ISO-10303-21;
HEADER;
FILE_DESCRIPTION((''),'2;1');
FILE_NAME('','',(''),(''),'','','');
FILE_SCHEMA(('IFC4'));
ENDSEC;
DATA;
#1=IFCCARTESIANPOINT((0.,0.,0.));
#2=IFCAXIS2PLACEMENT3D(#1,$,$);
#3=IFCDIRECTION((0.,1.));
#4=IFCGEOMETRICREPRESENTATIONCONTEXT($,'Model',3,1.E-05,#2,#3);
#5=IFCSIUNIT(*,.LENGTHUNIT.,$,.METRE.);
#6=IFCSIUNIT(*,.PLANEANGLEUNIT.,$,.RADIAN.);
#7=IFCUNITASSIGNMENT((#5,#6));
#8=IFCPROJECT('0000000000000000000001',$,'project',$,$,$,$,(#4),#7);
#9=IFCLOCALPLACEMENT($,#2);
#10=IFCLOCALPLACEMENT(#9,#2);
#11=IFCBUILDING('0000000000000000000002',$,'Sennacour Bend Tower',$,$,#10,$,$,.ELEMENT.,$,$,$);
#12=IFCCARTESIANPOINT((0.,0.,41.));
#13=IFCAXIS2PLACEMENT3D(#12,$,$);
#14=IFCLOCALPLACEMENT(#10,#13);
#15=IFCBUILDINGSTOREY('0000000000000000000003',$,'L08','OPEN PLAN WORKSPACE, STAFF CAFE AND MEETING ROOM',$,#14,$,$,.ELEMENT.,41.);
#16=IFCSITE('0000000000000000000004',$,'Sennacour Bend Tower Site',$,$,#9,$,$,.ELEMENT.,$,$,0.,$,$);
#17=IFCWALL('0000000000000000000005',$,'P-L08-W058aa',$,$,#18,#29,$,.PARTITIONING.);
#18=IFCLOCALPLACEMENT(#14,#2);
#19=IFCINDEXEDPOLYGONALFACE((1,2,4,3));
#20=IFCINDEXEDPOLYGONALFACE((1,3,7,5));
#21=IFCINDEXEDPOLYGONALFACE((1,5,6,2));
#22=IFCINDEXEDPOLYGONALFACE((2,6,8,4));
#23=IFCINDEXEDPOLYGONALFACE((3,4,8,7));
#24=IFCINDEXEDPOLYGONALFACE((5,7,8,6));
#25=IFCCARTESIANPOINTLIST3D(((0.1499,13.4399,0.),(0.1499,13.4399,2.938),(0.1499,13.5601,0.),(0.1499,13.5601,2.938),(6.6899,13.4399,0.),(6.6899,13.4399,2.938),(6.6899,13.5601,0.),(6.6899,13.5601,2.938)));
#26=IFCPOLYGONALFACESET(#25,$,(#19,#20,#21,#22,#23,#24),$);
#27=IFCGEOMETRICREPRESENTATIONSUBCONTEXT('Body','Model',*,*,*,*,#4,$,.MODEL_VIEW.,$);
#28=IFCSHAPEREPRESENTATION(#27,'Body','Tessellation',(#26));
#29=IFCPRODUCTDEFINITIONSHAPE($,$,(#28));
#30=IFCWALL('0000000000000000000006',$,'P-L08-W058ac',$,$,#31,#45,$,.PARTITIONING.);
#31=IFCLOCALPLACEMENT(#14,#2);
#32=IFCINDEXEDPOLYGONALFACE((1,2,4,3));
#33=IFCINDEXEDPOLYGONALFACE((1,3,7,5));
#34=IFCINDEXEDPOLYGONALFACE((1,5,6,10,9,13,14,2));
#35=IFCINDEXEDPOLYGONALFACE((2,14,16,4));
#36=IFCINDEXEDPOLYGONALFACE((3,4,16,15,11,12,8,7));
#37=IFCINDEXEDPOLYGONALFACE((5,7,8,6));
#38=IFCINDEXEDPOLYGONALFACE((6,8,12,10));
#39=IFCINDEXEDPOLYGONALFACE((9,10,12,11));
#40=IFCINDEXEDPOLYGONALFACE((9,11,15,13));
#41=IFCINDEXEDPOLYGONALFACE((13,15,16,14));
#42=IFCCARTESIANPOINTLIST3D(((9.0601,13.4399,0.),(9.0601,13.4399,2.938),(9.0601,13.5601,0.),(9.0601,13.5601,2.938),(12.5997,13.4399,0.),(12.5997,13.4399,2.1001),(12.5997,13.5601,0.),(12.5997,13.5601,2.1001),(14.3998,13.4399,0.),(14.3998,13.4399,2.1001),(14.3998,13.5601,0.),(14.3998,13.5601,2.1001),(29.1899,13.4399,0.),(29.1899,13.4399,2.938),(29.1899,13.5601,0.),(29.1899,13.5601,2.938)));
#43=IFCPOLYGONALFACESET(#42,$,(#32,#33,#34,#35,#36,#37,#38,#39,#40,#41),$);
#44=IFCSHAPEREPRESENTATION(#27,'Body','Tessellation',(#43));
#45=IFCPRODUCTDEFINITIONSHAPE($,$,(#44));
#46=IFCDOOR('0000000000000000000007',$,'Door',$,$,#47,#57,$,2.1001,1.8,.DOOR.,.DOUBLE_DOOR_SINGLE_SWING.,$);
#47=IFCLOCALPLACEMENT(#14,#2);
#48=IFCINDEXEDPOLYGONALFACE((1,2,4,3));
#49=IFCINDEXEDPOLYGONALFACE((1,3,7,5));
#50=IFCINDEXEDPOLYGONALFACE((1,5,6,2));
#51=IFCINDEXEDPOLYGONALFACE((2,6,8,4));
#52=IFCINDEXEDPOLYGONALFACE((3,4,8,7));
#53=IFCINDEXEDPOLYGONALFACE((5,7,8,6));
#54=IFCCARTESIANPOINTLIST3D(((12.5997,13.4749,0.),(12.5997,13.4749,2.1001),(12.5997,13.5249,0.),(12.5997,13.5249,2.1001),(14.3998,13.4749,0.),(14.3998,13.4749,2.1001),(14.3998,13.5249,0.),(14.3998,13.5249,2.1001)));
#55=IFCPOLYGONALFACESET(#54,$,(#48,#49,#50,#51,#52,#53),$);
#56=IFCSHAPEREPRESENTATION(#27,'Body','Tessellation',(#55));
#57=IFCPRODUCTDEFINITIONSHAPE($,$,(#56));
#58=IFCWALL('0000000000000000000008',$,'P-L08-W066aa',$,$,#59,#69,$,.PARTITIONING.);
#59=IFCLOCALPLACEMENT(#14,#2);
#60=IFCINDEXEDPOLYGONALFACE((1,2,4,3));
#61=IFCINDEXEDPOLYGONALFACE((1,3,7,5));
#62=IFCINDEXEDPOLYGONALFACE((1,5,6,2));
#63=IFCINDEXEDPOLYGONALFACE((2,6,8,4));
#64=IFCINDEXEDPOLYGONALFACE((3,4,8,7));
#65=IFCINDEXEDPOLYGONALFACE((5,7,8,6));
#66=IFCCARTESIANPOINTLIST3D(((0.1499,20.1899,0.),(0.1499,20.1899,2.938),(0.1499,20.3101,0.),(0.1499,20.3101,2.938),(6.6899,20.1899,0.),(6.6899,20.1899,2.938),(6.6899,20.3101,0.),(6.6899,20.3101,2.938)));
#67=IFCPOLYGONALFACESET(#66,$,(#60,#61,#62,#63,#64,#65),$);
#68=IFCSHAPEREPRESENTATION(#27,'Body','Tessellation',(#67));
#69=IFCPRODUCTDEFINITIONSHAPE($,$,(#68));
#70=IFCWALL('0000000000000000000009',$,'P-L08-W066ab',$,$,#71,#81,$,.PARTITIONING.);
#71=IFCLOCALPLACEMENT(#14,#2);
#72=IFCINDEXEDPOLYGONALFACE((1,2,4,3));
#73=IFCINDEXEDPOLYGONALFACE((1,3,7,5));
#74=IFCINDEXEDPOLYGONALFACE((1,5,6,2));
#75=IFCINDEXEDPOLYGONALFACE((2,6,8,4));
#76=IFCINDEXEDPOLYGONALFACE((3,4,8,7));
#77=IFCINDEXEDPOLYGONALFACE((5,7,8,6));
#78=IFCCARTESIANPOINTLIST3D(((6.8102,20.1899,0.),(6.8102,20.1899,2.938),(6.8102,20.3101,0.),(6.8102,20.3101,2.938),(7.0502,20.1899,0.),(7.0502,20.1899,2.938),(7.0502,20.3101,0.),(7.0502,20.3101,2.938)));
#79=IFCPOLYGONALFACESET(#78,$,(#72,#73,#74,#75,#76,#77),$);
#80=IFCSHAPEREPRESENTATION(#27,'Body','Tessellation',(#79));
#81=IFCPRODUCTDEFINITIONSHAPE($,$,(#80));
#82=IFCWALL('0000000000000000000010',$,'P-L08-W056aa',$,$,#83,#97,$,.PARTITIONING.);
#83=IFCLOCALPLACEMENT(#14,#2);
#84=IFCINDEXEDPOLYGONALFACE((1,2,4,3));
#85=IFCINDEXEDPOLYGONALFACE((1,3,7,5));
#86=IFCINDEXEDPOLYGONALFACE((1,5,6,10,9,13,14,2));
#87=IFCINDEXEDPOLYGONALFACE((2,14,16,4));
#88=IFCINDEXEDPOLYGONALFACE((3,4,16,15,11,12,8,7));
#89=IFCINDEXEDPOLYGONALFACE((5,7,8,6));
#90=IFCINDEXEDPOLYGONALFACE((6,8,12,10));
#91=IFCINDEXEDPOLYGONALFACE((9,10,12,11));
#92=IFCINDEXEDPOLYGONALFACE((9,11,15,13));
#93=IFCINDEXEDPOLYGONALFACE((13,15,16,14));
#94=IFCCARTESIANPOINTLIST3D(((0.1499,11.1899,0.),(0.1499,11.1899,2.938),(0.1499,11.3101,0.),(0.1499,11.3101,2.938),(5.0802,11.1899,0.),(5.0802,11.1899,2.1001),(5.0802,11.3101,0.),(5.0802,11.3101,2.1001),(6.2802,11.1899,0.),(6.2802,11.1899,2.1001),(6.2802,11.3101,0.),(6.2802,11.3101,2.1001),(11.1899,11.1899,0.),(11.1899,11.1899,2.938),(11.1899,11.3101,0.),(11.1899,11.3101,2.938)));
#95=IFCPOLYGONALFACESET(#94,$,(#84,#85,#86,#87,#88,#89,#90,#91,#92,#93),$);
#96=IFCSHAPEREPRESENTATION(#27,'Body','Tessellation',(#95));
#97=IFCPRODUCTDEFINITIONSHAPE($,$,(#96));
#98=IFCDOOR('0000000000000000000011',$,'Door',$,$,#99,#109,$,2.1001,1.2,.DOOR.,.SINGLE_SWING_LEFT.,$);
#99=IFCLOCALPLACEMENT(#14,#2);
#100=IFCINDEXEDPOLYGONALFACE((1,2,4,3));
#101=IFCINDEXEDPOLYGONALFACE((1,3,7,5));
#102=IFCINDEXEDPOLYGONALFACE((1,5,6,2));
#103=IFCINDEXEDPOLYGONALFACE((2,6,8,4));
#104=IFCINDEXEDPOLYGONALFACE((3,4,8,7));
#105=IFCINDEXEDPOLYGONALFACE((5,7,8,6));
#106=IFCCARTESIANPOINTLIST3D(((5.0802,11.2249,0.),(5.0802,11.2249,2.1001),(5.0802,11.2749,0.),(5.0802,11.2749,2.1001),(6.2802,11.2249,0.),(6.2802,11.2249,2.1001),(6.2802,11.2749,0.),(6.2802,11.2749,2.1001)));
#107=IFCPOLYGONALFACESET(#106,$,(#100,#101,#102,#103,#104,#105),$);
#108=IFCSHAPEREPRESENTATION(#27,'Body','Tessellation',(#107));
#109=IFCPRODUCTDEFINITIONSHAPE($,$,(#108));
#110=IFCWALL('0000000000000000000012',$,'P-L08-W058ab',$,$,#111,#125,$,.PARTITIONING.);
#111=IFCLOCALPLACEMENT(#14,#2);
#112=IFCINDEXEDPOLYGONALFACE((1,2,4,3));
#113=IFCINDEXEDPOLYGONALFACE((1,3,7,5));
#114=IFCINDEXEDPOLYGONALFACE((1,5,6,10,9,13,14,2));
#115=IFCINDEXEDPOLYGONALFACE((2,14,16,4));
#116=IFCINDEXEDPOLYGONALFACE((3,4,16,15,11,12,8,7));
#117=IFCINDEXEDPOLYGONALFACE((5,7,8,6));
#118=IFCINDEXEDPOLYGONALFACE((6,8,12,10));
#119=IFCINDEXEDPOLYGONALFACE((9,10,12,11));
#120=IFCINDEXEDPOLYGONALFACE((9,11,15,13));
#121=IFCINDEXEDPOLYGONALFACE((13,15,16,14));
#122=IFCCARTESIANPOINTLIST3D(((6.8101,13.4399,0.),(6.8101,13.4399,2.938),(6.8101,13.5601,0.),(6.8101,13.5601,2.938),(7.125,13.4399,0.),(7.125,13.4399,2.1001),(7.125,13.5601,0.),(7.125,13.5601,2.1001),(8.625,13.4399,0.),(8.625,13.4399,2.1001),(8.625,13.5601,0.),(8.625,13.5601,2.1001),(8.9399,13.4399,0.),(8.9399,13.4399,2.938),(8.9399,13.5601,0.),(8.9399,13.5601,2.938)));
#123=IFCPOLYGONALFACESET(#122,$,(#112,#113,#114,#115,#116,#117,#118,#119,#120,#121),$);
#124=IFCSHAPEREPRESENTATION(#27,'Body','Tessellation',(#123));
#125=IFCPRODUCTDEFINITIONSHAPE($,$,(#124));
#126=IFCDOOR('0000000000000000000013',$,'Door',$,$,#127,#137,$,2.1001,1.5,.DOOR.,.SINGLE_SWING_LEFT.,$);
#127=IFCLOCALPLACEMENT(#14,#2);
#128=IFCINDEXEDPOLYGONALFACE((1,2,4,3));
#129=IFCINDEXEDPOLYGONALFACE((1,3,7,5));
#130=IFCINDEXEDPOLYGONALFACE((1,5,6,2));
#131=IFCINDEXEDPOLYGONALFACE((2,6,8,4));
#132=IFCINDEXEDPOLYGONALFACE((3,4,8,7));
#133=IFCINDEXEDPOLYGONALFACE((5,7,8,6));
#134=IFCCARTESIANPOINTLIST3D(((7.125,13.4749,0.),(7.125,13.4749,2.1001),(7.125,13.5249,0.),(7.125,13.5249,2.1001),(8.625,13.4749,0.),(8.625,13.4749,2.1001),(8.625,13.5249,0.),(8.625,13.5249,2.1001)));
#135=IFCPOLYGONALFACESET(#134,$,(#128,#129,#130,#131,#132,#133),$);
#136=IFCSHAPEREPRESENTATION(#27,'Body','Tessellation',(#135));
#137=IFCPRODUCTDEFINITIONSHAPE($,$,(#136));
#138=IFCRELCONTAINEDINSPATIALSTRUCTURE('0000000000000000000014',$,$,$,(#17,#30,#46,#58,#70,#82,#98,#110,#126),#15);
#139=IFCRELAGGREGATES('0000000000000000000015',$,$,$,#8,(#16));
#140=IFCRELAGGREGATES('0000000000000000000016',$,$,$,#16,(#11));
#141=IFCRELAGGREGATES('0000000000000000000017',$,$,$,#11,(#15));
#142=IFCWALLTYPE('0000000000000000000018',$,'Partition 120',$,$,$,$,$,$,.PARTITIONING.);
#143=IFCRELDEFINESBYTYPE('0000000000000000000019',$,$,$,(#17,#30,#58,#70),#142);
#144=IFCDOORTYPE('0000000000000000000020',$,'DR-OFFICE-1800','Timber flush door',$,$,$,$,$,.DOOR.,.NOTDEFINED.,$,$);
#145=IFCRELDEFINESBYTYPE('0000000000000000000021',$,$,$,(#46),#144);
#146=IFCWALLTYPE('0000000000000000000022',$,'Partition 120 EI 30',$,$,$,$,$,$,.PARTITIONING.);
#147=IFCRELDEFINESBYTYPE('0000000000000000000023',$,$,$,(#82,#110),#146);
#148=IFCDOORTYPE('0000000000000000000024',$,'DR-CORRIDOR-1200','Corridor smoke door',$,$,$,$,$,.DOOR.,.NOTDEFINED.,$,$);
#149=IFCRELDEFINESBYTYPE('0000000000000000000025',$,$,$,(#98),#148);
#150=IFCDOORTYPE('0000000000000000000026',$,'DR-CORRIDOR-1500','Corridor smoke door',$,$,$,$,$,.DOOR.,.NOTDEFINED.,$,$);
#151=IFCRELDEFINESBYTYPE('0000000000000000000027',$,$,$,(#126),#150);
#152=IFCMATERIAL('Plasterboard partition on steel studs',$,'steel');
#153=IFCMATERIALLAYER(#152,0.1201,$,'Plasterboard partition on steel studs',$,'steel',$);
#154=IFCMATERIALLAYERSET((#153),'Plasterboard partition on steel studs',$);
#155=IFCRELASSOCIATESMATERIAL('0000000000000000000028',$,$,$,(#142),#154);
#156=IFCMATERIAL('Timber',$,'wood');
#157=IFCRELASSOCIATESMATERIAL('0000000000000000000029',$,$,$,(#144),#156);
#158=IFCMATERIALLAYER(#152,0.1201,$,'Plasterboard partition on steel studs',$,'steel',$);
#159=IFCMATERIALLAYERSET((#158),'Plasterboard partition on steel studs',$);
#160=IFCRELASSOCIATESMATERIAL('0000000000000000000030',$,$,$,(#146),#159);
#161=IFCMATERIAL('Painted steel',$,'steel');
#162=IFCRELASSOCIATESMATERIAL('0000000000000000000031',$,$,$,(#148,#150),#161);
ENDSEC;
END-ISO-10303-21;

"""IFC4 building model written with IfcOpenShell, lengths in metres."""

from ifc_helpers import new_model, si_unit, direction, frame, frame_2d, origin, place, context, subcontext, project, spatial, rectangle, extrude, material, layer, layer_set, type_object, element, fill, save


model = new_model("IFC4")

# Units and contexts
model_context = context("Model", 3, precision=1e-05, world=origin(), true_north=direction((0.0, 1.0)))
body_context = subcontext(model_context, "Body", "Model", "MODEL_VIEW")
ifc_project = project(units=[si_unit("LENGTHUNIT", "METRE"), si_unit("PLANEANGLEUNIT", "RADIAN")], contexts=[model_context])

# Site, building, storey
site_placement = place(None, origin())
site = spatial("IfcSite", under=ifc_project, at=site_placement, Name="Sennacour Bend Tower Site", CompositionType="ELEMENT", RefElevation=0.0)
building_placement = place(site_placement, origin())
building = spatial("IfcBuilding", under=site, at=building_placement, Name="Sennacour Bend Tower", CompositionType="ELEMENT")
storey_placement = place(building_placement, frame((0.0, 0.0, 41.0)))
storey = spatial("IfcBuildingStorey", under=building, at=storey_placement, Name="L08", Description="OPEN PLAN WORKSPACE, STAFF CAFE AND MEETING ROOM", CompositionType="ELEMENT", Elevation=41.0)

# Shared definitions
ifc_material_1 = material(Name="Plasterboard partition on steel studs", Category="steel")
ifc_layer_1 = layer(ifc_material_1, 0.1201, Name="Plasterboard partition on steel studs", Category="steel")
ifc_layer_set_1 = layer_set([ifc_layer_1], Name="Plasterboard partition on steel studs")
wall_type_1 = type_object("IfcWallType", Name="Partition 120", PredefinedType="PARTITIONING", material=ifc_layer_set_1)
ifc_material_2 = material(Name="Timber", Category="wood")

# Wall
wall_1_placement = place(storey_placement, frame((0.1499, 13.5, 0.0), z_axis=(0.0, 0.0, 1.0), x_axis=(1.0, 0.0, 0.0)))
element("IfcWall", 1, at=wall_1_placement, inside=storey, type_object=wall_type_1, Name="P-L08-W058aa", PredefinedType="PARTITIONING", context=body_context, shape_type="SweptSolid", body=[
    extrude(rectangle(XDim=6.54, YDim=0.1201, at=frame_2d((3.27, 0.0))), origin(), (0.0, 0.0, 1.0), 2.938),
])

# Wall, opening, door
wall_2_placement = place(storey_placement, frame((9.0601, 13.5, 0.0), z_axis=(0.0, 0.0, 1.0), x_axis=(1.0, 0.0, 0.0)))
wall_2 = element("IfcWall", 2, at=wall_2_placement, inside=storey, type_object=wall_type_1, Name="P-L08-W058ac", PredefinedType="PARTITIONING", context=body_context, shape_type="SweptSolid", body=[
    extrude(rectangle(XDim=20.1299, YDim=0.1201, at=frame_2d((10.0649, 0.0))), origin(), (0.0, 0.0, 1.0), 2.938),
])
opening_1_placement = place(wall_2_placement, frame((3.5398, 0.0, 0.0)))
opening_1 = element("IfcOpeningElement", 3, at=opening_1_placement, cuts=wall_2, PredefinedType="OPENING", context=body_context, shape_type="SweptSolid", body=[
    extrude(rectangle(XDim=1.8, YDim=2.1001, at=frame_2d((0.8999, 1.05))), frame((0.0, 0.0701, 0.0), z_axis=(0.0, -1.0, 0.0), x_axis=(1.0, 0.0, 0.0)), (0.0, 0.0, 1.0), 0.1401),
])
door_type_1 = type_object("IfcDoorType", Name="DR-OFFICE-1800", Description="Timber flush door", OperationType="NOTDEFINED", PredefinedType="DOOR", material=ifc_material_2)
door_1_placement = place(opening_1_placement, origin())
door_1 = element("IfcDoor", 4, at=door_1_placement, inside=storey, type_object=door_type_1, Name="Door", OperationType="DOUBLE_DOOR_SINGLE_SWING", OverallHeight=2.1001, OverallWidth=1.8, PredefinedType="DOOR", context=body_context, shape_type="SweptSolid", body=[
    extrude(rectangle(XDim=1.8, YDim=2.1001, at=frame_2d((0.8999, 1.05))), frame((0.0, 0.0249, 0.0), z_axis=(0.0, -1.0, 0.0), x_axis=(1.0, 0.0, 0.0)), (0.0, 0.0, 1.0), 0.05),
])
fill(opening_1, door_1)

# Walls
wall_3_placement = place(storey_placement, frame((0.1499, 20.25, 0.0), z_axis=(0.0, 0.0, 1.0), x_axis=(1.0, 0.0, 0.0)))
element("IfcWall", 5, at=wall_3_placement, inside=storey, type_object=wall_type_1, Name="P-L08-W066aa", PredefinedType="PARTITIONING", context=body_context, shape_type="SweptSolid", body=[
    extrude(rectangle(XDim=6.54, YDim=0.1201, at=frame_2d((3.27, 0.0))), origin(), (0.0, 0.0, 1.0), 2.938),
])
wall_4_placement = place(storey_placement, frame((6.8101, 20.25, 0.0), z_axis=(0.0, 0.0, 1.0), x_axis=(1.0, 0.0, 0.0)))
element("IfcWall", 6, at=wall_4_placement, inside=storey, type_object=wall_type_1, Name="P-L08-W066ab", PredefinedType="PARTITIONING", context=body_context, shape_type="SweptSolid", body=[
    extrude(rectangle(XDim=0.24, YDim=0.1201, at=frame_2d((0.1201, 0.0))), origin(), (0.0, 0.0, 1.0), 2.938),
])

# Walls, openings, doors
ifc_layer_2 = layer(ifc_material_1, 0.1201, Name="Plasterboard partition on steel studs", Category="steel")
ifc_layer_set_2 = layer_set([ifc_layer_2], Name="Plasterboard partition on steel studs")
wall_type_2 = type_object("IfcWallType", Name="Partition 120 EI 30", PredefinedType="PARTITIONING", material=ifc_layer_set_2)
wall_5_placement = place(storey_placement, frame((0.1499, 11.25, 0.0), z_axis=(0.0, 0.0, 1.0), x_axis=(1.0, 0.0, 0.0)))
wall_5 = element("IfcWall", 7, at=wall_5_placement, inside=storey, type_object=wall_type_2, Name="P-L08-W056aa", PredefinedType="PARTITIONING", context=body_context, shape_type="SweptSolid", body=[
    extrude(rectangle(XDim=11.04, YDim=0.1201, at=frame_2d((5.52, 0.0))), origin(), (0.0, 0.0, 1.0), 2.938),
])
opening_2_placement = place(wall_5_placement, frame((4.9302, 0.0, 0.0)))
opening_2 = element("IfcOpeningElement", 8, at=opening_2_placement, cuts=wall_5, PredefinedType="OPENING", context=body_context, shape_type="SweptSolid", body=[
    extrude(rectangle(XDim=1.2, YDim=2.1001, at=frame_2d((0.6001, 1.05))), frame((0.0, 0.0701, 0.0), z_axis=(0.0, -1.0, 0.0), x_axis=(1.0, 0.0, 0.0)), (0.0, 0.0, 1.0), 0.1401),
])
ifc_material_3 = material(Name="Painted steel", Category="steel")
door_type_2 = type_object("IfcDoorType", Name="DR-CORRIDOR-1200", Description="Corridor smoke door", OperationType="NOTDEFINED", PredefinedType="DOOR", material=ifc_material_3)
door_2_placement = place(opening_2_placement, origin())
door_2 = element("IfcDoor", 9, at=door_2_placement, inside=storey, type_object=door_type_2, Name="Door", OperationType="SINGLE_SWING_LEFT", OverallHeight=2.1001, OverallWidth=1.2, PredefinedType="DOOR", context=body_context, shape_type="SweptSolid", body=[
    extrude(rectangle(XDim=1.2, YDim=2.1001, at=frame_2d((0.6001, 1.05))), frame((0.0, 0.0249, 0.0), z_axis=(0.0, -1.0, 0.0), x_axis=(1.0, 0.0, 0.0)), (0.0, 0.0, 1.0), 0.05),
])
fill(opening_2, door_2)
wall_6_placement = place(storey_placement, frame((6.8101, 13.5, 0.0), z_axis=(0.0, 0.0, 1.0), x_axis=(1.0, 0.0, 0.0)))
wall_6 = element("IfcWall", 10, at=wall_6_placement, inside=storey, type_object=wall_type_2, Name="P-L08-W058ab", PredefinedType="PARTITIONING", context=body_context, shape_type="SweptSolid", body=[
    extrude(rectangle(XDim=2.1299, YDim=0.1201, at=frame_2d((1.0649, 0.0))), origin(), (0.0, 0.0, 1.0), 2.938),
])
opening_3_placement = place(wall_6_placement, frame((0.3149, 0.0, 0.0)))
opening_3 = element("IfcOpeningElement", 11, at=opening_3_placement, cuts=wall_6, PredefinedType="OPENING", context=body_context, shape_type="SweptSolid", body=[
    extrude(rectangle(XDim=1.5, YDim=2.1001, at=frame_2d((0.75, 1.05))), frame((0.0, 0.0701, 0.0), z_axis=(0.0, -1.0, 0.0), x_axis=(1.0, 0.0, 0.0)), (0.0, 0.0, 1.0), 0.1401),
])
door_type_3 = type_object("IfcDoorType", Name="DR-CORRIDOR-1500", Description="Corridor smoke door", OperationType="NOTDEFINED", PredefinedType="DOOR", material=ifc_material_3)
door_3_placement = place(opening_3_placement, origin())
door_3 = element("IfcDoor", 12, at=door_3_placement, inside=storey, type_object=door_type_3, Name="Door", OperationType="SINGLE_SWING_LEFT", OverallHeight=2.1001, OverallWidth=1.5, PredefinedType="DOOR", context=body_context, shape_type="SweptSolid", body=[
    extrude(rectangle(XDim=1.5, YDim=2.1001, at=frame_2d((0.75, 1.05))), frame((0.0, 0.0249, 0.0), z_axis=(0.0, -1.0, 0.0), x_axis=(1.0, 0.0, 0.0)), (0.0, 0.0, 1.0), 0.05),
])
fill(opening_3, door_3)

save(model, "model.ifc")
